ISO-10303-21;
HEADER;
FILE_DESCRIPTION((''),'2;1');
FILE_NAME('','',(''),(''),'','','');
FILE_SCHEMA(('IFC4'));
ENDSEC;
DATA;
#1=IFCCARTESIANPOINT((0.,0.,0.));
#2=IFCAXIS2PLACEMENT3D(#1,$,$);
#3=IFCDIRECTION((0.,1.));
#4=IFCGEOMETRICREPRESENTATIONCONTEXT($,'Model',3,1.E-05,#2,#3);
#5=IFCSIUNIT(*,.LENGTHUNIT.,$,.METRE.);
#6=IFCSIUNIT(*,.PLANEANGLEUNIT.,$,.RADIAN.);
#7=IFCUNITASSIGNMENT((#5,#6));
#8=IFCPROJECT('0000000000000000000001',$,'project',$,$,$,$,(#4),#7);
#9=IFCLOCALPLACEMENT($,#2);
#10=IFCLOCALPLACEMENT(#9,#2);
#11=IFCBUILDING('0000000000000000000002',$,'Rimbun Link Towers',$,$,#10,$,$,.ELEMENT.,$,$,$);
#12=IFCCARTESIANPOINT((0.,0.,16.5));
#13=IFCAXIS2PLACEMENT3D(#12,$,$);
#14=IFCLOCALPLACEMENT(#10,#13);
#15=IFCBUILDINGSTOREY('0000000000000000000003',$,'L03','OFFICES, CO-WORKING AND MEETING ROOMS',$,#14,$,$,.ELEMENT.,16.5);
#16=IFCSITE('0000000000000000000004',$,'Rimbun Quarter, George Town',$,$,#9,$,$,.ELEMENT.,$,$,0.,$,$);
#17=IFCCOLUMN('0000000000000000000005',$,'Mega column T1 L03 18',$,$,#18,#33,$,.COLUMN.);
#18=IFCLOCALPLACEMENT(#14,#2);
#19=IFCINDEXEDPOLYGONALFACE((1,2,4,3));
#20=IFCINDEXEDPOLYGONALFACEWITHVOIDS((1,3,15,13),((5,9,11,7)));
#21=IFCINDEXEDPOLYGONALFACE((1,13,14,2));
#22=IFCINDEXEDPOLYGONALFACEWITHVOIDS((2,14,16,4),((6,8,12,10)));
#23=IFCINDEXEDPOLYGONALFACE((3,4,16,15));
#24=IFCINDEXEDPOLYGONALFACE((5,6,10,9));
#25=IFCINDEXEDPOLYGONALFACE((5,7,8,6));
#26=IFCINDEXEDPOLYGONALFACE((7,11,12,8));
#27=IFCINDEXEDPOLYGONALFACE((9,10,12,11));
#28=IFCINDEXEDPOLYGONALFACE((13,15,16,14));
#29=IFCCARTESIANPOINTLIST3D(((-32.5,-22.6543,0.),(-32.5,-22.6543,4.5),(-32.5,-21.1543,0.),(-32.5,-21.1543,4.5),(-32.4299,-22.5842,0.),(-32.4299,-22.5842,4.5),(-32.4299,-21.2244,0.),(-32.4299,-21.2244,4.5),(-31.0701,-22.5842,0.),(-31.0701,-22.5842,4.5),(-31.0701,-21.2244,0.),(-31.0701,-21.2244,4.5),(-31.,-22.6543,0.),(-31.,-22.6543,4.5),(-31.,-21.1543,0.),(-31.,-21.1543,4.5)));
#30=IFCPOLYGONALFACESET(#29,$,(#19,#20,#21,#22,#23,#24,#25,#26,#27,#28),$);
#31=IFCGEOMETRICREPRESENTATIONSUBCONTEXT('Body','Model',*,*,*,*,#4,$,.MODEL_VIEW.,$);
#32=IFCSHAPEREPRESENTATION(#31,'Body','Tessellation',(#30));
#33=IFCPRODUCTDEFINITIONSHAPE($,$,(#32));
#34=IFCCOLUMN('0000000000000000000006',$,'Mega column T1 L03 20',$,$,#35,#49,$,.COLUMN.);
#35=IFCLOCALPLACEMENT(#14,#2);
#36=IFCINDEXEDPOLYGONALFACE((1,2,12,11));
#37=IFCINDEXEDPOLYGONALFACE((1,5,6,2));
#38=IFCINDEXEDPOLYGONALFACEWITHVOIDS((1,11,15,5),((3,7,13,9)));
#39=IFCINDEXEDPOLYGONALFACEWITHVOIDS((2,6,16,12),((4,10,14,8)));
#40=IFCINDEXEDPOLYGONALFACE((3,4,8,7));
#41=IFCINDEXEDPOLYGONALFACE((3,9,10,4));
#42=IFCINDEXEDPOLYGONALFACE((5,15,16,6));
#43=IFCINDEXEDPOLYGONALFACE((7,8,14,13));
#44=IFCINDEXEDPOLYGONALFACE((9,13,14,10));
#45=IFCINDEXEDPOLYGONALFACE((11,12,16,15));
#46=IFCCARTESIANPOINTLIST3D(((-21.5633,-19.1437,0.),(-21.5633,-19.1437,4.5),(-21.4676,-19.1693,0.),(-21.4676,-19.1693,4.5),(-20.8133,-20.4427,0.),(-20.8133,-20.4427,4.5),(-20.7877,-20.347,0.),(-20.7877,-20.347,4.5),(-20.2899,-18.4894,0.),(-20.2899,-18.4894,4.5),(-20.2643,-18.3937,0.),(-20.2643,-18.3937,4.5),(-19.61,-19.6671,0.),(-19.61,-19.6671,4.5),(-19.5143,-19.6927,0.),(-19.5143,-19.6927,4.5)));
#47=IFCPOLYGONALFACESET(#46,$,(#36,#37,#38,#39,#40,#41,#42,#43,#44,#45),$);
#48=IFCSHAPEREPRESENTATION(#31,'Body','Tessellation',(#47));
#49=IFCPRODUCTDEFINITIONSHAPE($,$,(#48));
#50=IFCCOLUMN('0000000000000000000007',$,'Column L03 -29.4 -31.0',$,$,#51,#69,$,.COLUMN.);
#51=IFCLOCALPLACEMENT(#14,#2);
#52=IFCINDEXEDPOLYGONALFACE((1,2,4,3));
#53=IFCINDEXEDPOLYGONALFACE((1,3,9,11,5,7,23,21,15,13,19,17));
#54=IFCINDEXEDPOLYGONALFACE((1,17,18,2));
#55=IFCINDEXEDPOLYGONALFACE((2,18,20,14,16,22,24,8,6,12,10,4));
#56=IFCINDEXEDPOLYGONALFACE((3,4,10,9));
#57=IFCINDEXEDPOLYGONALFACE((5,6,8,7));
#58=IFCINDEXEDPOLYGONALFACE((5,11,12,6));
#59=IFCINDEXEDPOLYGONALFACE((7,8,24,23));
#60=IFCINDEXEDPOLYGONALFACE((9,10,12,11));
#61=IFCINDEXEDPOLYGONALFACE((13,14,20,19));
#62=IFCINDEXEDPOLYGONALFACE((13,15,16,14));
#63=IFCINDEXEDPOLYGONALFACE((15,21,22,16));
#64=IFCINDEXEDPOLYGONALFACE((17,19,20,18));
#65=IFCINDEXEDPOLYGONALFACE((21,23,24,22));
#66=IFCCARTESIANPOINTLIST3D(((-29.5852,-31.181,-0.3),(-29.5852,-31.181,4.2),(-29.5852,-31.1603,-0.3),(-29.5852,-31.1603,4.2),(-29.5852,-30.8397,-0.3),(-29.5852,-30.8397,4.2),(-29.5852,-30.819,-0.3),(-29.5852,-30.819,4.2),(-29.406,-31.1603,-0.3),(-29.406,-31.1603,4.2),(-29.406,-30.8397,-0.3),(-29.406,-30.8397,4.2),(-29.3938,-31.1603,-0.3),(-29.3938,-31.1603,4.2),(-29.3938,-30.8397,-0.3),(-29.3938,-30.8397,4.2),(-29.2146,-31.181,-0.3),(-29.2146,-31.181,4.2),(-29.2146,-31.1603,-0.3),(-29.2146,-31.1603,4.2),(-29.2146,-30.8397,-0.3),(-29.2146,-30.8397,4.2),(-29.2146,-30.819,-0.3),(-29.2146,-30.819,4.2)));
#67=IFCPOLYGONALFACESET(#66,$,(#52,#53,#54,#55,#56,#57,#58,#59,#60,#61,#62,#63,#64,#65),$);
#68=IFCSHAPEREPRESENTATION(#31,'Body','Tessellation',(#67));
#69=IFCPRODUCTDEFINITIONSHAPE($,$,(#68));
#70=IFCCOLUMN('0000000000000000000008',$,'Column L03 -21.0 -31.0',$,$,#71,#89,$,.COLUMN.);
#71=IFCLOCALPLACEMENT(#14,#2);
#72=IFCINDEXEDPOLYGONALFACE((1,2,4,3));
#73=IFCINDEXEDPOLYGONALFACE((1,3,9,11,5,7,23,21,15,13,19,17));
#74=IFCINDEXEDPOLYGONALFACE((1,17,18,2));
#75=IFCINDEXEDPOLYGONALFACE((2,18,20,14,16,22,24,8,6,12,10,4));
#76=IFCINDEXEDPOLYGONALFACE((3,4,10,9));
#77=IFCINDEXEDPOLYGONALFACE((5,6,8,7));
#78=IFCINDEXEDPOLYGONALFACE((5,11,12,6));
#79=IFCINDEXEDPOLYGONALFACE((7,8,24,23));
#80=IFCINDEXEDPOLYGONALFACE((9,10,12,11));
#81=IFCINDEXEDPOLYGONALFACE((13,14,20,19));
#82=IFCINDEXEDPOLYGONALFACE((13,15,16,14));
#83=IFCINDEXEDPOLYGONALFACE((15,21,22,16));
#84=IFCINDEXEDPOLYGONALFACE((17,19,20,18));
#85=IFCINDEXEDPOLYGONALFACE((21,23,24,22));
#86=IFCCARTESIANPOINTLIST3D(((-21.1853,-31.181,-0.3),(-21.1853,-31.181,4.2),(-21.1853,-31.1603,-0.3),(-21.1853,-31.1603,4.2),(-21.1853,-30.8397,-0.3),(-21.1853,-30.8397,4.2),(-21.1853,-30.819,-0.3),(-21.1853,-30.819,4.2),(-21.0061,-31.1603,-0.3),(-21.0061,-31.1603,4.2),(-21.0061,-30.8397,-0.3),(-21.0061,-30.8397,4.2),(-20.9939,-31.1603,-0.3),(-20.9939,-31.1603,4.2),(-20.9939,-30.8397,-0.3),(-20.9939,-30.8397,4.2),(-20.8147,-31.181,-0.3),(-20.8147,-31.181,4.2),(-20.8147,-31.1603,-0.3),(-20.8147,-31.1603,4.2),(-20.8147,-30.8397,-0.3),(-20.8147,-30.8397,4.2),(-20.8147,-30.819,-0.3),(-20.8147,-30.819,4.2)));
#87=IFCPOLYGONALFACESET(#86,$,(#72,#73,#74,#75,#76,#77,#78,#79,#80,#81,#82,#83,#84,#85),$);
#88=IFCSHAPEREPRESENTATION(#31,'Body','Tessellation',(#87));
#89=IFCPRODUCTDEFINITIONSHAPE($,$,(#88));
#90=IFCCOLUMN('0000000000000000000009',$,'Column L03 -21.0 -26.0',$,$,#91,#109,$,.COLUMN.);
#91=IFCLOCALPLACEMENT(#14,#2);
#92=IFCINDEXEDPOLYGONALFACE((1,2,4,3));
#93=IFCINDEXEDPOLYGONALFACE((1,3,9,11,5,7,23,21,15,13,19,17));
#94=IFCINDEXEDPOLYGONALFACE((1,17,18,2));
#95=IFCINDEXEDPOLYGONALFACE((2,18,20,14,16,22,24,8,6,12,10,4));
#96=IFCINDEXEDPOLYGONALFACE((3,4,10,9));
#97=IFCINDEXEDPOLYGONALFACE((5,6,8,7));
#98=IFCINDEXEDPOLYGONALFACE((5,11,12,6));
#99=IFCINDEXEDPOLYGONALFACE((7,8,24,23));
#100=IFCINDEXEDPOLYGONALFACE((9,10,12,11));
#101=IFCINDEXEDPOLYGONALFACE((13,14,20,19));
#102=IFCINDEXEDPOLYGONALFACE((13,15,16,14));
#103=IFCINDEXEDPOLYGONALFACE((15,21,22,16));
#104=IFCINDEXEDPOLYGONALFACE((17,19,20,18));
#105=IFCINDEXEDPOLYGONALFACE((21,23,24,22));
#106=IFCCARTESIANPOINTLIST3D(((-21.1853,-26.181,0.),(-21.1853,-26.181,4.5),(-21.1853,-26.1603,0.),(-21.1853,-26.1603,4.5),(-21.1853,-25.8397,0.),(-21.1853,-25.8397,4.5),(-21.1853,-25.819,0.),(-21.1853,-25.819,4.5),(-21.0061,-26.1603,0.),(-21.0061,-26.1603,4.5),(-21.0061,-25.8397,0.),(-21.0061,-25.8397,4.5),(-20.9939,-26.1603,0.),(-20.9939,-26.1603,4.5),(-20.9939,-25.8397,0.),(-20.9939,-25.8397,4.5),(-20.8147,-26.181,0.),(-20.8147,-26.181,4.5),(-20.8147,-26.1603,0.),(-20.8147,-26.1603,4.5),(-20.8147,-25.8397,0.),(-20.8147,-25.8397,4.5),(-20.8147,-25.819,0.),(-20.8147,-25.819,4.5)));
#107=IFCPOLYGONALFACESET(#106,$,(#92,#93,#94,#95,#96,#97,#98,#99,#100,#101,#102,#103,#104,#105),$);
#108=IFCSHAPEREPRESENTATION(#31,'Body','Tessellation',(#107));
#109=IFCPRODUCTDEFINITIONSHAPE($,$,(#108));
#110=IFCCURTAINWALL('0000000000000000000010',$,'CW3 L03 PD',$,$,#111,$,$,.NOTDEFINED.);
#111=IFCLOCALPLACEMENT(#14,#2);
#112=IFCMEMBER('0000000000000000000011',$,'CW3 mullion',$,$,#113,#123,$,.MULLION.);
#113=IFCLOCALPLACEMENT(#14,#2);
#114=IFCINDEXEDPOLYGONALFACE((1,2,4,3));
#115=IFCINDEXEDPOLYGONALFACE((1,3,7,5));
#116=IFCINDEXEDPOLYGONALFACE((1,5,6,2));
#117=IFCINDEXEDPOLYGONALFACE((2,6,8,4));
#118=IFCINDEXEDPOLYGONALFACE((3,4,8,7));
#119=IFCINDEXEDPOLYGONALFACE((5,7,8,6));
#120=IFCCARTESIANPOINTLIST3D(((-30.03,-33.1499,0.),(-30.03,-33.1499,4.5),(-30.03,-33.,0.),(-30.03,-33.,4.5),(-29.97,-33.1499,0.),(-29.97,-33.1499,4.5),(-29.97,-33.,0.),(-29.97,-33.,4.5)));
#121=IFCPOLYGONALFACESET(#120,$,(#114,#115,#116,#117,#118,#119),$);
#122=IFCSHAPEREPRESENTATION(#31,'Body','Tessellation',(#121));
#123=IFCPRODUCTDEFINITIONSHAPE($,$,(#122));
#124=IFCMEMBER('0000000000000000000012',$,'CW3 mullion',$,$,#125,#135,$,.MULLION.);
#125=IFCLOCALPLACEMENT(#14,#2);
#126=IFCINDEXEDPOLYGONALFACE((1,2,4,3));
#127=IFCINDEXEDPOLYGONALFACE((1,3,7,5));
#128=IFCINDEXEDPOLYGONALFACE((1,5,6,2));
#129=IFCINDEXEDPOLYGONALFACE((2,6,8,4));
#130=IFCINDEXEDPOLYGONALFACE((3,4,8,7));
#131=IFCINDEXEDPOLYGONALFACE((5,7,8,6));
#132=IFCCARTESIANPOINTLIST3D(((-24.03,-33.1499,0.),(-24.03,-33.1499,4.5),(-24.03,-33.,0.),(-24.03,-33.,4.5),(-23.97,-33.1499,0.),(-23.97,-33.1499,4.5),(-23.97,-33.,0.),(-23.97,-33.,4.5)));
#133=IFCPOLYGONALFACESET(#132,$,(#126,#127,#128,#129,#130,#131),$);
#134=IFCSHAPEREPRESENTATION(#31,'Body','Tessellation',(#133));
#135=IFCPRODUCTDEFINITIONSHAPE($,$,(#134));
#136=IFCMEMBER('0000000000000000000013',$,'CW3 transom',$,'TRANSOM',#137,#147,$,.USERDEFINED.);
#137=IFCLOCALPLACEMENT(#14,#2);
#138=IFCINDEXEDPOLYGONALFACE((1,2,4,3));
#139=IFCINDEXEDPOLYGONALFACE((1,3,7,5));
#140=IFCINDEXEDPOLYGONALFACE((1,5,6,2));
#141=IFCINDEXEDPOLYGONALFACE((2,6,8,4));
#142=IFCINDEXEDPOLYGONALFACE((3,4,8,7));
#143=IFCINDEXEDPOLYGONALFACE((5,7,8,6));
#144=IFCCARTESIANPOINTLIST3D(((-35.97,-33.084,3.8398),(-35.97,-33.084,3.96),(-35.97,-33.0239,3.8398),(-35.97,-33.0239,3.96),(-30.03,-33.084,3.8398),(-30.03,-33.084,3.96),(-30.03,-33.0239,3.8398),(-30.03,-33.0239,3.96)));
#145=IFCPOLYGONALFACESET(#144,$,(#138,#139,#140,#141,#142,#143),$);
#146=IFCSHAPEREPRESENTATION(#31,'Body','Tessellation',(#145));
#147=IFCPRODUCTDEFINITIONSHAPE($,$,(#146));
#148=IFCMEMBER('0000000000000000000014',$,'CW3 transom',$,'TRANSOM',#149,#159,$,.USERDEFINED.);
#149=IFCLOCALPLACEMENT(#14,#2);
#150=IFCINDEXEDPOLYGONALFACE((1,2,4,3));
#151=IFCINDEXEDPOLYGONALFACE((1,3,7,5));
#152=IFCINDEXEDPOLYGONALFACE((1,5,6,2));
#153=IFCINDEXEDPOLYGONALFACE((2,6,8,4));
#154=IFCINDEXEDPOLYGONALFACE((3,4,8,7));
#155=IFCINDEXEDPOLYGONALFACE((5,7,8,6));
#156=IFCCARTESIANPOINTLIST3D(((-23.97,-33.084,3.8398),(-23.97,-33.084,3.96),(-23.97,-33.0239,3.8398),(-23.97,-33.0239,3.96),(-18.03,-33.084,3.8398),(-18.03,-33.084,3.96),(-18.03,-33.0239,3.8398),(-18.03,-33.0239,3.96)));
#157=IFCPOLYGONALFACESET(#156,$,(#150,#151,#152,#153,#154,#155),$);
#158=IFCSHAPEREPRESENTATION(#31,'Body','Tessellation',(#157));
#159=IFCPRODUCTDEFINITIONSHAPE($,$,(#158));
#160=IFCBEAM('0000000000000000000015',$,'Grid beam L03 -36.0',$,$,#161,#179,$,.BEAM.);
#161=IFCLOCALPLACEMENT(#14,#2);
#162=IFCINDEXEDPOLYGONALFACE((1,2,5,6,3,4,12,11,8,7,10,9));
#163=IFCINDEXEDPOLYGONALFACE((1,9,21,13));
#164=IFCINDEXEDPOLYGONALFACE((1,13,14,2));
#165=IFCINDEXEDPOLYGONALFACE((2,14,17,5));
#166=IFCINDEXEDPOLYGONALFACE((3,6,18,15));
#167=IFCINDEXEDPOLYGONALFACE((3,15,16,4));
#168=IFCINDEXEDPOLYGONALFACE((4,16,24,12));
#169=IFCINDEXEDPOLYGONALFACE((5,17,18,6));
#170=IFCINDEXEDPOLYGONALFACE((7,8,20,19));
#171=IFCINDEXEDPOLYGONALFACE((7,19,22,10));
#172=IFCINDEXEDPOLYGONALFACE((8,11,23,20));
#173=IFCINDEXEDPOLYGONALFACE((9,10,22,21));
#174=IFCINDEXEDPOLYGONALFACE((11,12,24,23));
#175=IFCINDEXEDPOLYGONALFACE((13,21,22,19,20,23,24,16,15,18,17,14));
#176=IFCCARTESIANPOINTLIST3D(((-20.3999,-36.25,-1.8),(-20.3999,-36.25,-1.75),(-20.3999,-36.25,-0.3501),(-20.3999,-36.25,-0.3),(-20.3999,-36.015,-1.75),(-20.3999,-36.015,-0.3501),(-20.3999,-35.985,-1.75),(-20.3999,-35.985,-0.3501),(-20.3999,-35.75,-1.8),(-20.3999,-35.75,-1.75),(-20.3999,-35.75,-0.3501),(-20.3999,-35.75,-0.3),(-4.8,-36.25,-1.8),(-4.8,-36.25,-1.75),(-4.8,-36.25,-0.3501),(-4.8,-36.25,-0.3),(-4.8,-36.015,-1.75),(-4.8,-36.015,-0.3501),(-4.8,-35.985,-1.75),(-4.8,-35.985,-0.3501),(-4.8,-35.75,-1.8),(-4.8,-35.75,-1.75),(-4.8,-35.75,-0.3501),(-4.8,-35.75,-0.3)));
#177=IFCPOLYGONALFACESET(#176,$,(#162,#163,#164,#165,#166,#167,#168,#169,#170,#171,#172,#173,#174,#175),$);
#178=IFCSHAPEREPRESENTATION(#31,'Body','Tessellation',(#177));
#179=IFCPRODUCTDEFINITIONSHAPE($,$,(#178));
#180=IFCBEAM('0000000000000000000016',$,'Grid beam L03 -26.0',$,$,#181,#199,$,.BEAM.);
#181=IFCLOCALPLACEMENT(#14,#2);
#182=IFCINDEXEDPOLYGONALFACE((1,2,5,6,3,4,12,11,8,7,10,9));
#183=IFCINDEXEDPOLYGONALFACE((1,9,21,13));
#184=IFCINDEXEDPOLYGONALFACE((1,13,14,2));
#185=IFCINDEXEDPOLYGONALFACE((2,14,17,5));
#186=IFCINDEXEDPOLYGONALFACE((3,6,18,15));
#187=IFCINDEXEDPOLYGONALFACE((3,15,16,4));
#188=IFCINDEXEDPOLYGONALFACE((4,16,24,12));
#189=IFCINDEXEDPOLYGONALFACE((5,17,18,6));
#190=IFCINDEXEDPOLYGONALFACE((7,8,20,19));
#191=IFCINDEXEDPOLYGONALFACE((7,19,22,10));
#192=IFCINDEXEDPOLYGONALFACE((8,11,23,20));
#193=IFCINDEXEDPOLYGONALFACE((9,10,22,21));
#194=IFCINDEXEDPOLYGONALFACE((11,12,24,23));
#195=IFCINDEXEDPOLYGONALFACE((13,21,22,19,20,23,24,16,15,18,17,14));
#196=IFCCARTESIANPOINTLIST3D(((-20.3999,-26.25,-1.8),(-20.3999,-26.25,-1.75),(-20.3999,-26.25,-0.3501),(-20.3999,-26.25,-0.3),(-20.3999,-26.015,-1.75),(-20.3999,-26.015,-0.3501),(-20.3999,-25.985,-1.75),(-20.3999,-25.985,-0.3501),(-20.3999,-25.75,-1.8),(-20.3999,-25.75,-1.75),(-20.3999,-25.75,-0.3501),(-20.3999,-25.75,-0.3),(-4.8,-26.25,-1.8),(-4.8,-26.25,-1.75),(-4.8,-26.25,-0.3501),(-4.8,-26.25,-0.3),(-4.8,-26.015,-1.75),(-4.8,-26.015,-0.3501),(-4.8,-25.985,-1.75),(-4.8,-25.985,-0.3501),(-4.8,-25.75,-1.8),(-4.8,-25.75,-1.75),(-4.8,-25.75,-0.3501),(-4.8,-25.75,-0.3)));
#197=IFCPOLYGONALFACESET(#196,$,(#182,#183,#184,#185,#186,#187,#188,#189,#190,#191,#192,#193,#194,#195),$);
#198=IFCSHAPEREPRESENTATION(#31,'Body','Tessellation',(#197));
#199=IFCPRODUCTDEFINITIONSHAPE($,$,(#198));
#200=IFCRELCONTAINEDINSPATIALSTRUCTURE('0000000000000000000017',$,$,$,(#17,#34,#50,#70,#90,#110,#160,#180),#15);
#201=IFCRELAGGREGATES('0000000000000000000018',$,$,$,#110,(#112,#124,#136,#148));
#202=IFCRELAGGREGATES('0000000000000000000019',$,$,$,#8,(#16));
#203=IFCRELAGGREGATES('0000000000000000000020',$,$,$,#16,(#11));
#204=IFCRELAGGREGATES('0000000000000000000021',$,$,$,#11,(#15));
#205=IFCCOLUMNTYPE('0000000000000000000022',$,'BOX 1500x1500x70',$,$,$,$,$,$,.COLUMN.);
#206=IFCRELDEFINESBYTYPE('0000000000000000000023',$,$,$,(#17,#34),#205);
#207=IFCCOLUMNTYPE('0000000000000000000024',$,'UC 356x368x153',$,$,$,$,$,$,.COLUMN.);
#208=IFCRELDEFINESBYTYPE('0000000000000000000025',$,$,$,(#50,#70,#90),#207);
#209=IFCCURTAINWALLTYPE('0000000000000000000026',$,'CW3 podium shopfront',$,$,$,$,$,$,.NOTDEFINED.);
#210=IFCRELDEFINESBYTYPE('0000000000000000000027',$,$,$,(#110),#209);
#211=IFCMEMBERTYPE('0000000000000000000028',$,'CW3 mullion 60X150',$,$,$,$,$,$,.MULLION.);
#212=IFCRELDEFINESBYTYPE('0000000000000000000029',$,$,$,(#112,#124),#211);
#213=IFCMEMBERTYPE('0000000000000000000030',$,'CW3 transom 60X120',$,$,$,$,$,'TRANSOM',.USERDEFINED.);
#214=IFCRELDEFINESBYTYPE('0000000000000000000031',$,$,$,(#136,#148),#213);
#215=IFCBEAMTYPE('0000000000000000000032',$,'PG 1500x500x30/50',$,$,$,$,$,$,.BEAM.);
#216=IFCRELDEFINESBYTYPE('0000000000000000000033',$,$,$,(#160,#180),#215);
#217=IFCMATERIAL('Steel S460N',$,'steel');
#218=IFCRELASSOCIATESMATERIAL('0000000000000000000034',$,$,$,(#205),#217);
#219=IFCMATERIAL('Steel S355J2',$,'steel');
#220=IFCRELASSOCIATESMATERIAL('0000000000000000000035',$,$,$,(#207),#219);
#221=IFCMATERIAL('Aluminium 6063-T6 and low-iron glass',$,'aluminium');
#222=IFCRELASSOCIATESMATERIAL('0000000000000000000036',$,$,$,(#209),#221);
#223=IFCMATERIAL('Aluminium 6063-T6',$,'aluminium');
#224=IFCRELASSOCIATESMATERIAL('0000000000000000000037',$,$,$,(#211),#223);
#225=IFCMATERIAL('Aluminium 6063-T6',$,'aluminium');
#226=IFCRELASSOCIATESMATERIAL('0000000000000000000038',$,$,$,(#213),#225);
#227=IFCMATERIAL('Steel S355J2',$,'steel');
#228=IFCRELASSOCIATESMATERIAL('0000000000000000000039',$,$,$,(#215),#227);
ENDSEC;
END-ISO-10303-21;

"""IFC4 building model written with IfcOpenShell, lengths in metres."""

from ifc_helpers import new_model, si_unit, direction, frame, origin, origin_2d, place, context, subcontext, project, spatial, rectangle, hollow_rectangle, i_section, extrude, material, material_profile, profile_set, type_object, element, aggregate, save


model = new_model("IFC4")

# Units and contexts
model_context = context("Model", 3, precision=1e-05, world=origin(), true_north=direction((0.0, 1.0)))
body_context = subcontext(model_context, "Body", "Model", "MODEL_VIEW")
ifc_project = project(units=[si_unit("LENGTHUNIT", "METRE"), si_unit("PLANEANGLEUNIT", "RADIAN")], contexts=[model_context])

# Site, building, storey
site_placement = place(None, origin())
site = spatial("IfcSite", under=ifc_project, at=site_placement, Name="Rimbun Quarter, George Town", CompositionType="ELEMENT", RefElevation=0.0)
building_placement = place(site_placement, origin())
building = spatial("IfcBuilding", under=site, at=building_placement, Name="Rimbun Link Towers", CompositionType="ELEMENT")
storey_placement = place(building_placement, frame((0.0, 0.0, 16.5)))
storey = spatial("IfcBuildingStorey", under=building, at=storey_placement, Name="L03", Description="OFFICES, CO-WORKING AND MEETING ROOMS", CompositionType="ELEMENT", Elevation=16.5)

# Columns
ifc_material_1 = material(Name="Steel S460N", Category="steel")
ifc_material_profile_1 = material_profile(ifc_material_1, hollow_rectangle(XDim=1.5, YDim=1.5, WallThickness=0.0701, at=origin_2d()), Name="BOX 1500x1500x70")
ifc_profile_set_1 = profile_set([ifc_material_profile_1], Name="Steel S460N")
column_type_1 = type_object("IfcColumnType", Name="BOX 1500x1500x70", PredefinedType="COLUMN", material=ifc_profile_set_1)
for number, where, z_axis, x_axis, name in (
    (1, (-31.75, -21.9043, 0.0), (0.0, 0.0, 1.0), (0.0, -1.0, 0.0), "Mega column T1 L03 18"),
    (2, (-20.5388, -19.4182, 0.0), (0.0, 0.0, 1.0), (0.5, -0.866025, 0.0), "Mega column T1 L03 20"),
):
    element("IfcColumn", number, at=place(storey_placement, frame(where, z_axis=z_axis, x_axis=x_axis)), inside=storey, type_object=column_type_1, Name=name, PredefinedType="COLUMN", context=body_context, shape_type="SweptSolid", body=[
        extrude(hollow_rectangle(XDim=1.5, YDim=1.5, WallThickness=0.0701, at=origin_2d()), origin(), (0.0, 0.0, 1.0), 4.5),
    ])
ifc_material_2 = material(Name="Steel S355J2", Category="steel")
ifc_material_profile_2 = material_profile(ifc_material_2, i_section(OverallWidth=0.3706, OverallDepth=0.3621, WebThickness=0.0122, FlangeThickness=0.0208, at=origin_2d()), Name="UC 356x368x153")
ifc_profile_set_2 = profile_set([ifc_material_profile_2], Name="Steel S355J2")
column_type_2 = type_object("IfcColumnType", Name="UC 356x368x153", PredefinedType="COLUMN", material=ifc_profile_set_2)
for number, where, z_axis, x_axis, name in (
    (3, (-29.3999, -31.0, -0.3), (0.0, 0.0, 1.0), (1.0, 0.0, 0.0), "Column L03 -29.4 -31.0"),
    (4, (-21.0, -31.0, -0.3), (0.0, 0.0, 1.0), (1.0, 0.0, 0.0), "Column L03 -21.0 -31.0"),
    (5, (-21.0, -26.0, 0.0), (0.0, 0.0, 1.0), (1.0, 0.0, 0.0), "Column L03 -21.0 -26.0"),
):
    element("IfcColumn", number, at=place(storey_placement, frame(where, z_axis=z_axis, x_axis=x_axis)), inside=storey, type_object=column_type_2, Name=name, PredefinedType="COLUMN", context=body_context, shape_type="SweptSolid", body=[
        extrude(i_section(OverallWidth=0.3706, OverallDepth=0.3621, WebThickness=0.0122, FlangeThickness=0.0208, at=origin_2d()), origin(), (0.0, 0.0, 1.0), 4.5),
    ])

# Curtain wall, members
ifc_material_3 = material(Name="Aluminium 6063-T6 and low-iron glass", Category="aluminium")
curtain_wall_type = type_object("IfcCurtainWallType", Name="CW3 podium shopfront", PredefinedType="NOTDEFINED", material=ifc_material_3)
curtain_wall_placement = place(storey_placement, origin())
curtain_wall = element("IfcCurtainWall", 6, at=curtain_wall_placement, inside=storey, type_object=curtain_wall_type, Name="CW3 L03 PD", PredefinedType="NOTDEFINED")
ifc_material_4 = material(Name="Aluminium 6063-T6", Category="aluminium")
ifc_material_profile_3 = material_profile(ifc_material_4, rectangle(XDim=0.1499, YDim=0.0601, at=origin_2d()), Name="MULLION 60X150")
ifc_profile_set_3 = profile_set([ifc_material_profile_3], Name="Aluminium 6063-T6")
member_type_1 = type_object("IfcMemberType", Name="CW3 mullion 60X150", PredefinedType="MULLION", material=ifc_profile_set_3)
member_1_placement = place(storey_placement, frame((-30.0, -33.075, 0.0), z_axis=(0.0, 0.0, 1.0), x_axis=(0.0, -1.0, 0.0)))
member_1 = element("IfcMember", 7, at=member_1_placement, type_object=member_type_1, Name="CW3 mullion", PredefinedType="MULLION", context=body_context, shape_type="SweptSolid", body=[
    extrude(rectangle(XDim=0.1499, YDim=0.0601, at=origin_2d()), origin(), (0.0, 0.0, 1.0), 4.5),
])
member_2_placement = place(storey_placement, frame((-24.0, -33.075, 0.0), z_axis=(0.0, 0.0, 1.0), x_axis=(0.0, -1.0, 0.0)))
member_2 = element("IfcMember", 8, at=member_2_placement, type_object=member_type_1, Name="CW3 mullion", PredefinedType="MULLION", context=body_context, shape_type="SweptSolid", body=[
    extrude(rectangle(XDim=0.1499, YDim=0.0601, at=origin_2d()), origin(), (0.0, 0.0, 1.0), 4.5),
])
ifc_material_5 = material(Name="Aluminium 6063-T6", Category="aluminium")
ifc_material_profile_4 = material_profile(ifc_material_5, rectangle(XDim=0.0601, YDim=0.1201, at=origin_2d()), Name="TRANSOM 60X120")
ifc_profile_set_4 = profile_set([ifc_material_profile_4], Name="Aluminium 6063-T6")
member_type_2 = type_object("IfcMemberType", Name="CW3 transom 60X120", ElementType="TRANSOM", PredefinedType="USERDEFINED", material=ifc_profile_set_4)
member_3_placement = place(storey_placement, frame((-30.03, -33.054, 3.8999), z_axis=(-1.0, 0.0, 0.0), x_axis=(0.0, -1.0, 0.0)))
member_3 = element("IfcMember", 9, at=member_3_placement, type_object=member_type_2, Name="CW3 transom", ObjectType="TRANSOM", PredefinedType="USERDEFINED", context=body_context, shape_type="SweptSolid", body=[
    extrude(rectangle(XDim=0.0601, YDim=0.1201, at=origin_2d()), origin(), (0.0, 0.0, 1.0), 5.9399),
])
member_4_placement = place(storey_placement, frame((-18.03, -33.054, 3.8999), z_axis=(-1.0, 0.0, 0.0), x_axis=(0.0, -1.0, 0.0)))
member_4 = element("IfcMember", 10, at=member_4_placement, type_object=member_type_2, Name="CW3 transom", ObjectType="TRANSOM", PredefinedType="USERDEFINED", context=body_context, shape_type="SweptSolid", body=[
    extrude(rectangle(XDim=0.0601, YDim=0.1201, at=origin_2d()), origin(), (0.0, 0.0, 1.0), 5.9399),
])

# Beams
ifc_material_6 = material(Name="Steel S355J2", Category="steel")
ifc_material_profile_5 = material_profile(ifc_material_6, i_section(OverallWidth=0.5, OverallDepth=1.5, WebThickness=0.03, FlangeThickness=0.05, at=origin_2d()), Name="PG 1500x500x30/50")
ifc_profile_set_5 = profile_set([ifc_material_profile_5], Name="Steel S355J2")
beam_type_1 = type_object("IfcBeamType", Name="PG 1500x500x30/50", PredefinedType="BEAM", material=ifc_profile_set_5)
for number, where, z_axis, x_axis, name in (
    (11, (-20.3999, -36.0, -1.05), (1.0, 0.0, 0.0), (0.0, 1.0, 0.0), "Grid beam L03 -36.0"),
    (12, (-20.3999, -26.0, -1.05), (1.0, 0.0, 0.0), (0.0, 1.0, 0.0), "Grid beam L03 -26.0"),
):
    element("IfcBeam", number, at=place(storey_placement, frame(where, z_axis=z_axis, x_axis=x_axis)), inside=storey, type_object=beam_type_1, Name=name, PredefinedType="BEAM", context=body_context, shape_type="SweptSolid", body=[
        extrude(i_section(OverallWidth=0.5, OverallDepth=1.5, WebThickness=0.03, FlangeThickness=0.05, at=origin_2d()), origin(), (0.0, 0.0, 1.0), 15.5999),
    ])

aggregate(curtain_wall, [member_1, member_2, member_3, member_4])

save(model, "model.ifc")
